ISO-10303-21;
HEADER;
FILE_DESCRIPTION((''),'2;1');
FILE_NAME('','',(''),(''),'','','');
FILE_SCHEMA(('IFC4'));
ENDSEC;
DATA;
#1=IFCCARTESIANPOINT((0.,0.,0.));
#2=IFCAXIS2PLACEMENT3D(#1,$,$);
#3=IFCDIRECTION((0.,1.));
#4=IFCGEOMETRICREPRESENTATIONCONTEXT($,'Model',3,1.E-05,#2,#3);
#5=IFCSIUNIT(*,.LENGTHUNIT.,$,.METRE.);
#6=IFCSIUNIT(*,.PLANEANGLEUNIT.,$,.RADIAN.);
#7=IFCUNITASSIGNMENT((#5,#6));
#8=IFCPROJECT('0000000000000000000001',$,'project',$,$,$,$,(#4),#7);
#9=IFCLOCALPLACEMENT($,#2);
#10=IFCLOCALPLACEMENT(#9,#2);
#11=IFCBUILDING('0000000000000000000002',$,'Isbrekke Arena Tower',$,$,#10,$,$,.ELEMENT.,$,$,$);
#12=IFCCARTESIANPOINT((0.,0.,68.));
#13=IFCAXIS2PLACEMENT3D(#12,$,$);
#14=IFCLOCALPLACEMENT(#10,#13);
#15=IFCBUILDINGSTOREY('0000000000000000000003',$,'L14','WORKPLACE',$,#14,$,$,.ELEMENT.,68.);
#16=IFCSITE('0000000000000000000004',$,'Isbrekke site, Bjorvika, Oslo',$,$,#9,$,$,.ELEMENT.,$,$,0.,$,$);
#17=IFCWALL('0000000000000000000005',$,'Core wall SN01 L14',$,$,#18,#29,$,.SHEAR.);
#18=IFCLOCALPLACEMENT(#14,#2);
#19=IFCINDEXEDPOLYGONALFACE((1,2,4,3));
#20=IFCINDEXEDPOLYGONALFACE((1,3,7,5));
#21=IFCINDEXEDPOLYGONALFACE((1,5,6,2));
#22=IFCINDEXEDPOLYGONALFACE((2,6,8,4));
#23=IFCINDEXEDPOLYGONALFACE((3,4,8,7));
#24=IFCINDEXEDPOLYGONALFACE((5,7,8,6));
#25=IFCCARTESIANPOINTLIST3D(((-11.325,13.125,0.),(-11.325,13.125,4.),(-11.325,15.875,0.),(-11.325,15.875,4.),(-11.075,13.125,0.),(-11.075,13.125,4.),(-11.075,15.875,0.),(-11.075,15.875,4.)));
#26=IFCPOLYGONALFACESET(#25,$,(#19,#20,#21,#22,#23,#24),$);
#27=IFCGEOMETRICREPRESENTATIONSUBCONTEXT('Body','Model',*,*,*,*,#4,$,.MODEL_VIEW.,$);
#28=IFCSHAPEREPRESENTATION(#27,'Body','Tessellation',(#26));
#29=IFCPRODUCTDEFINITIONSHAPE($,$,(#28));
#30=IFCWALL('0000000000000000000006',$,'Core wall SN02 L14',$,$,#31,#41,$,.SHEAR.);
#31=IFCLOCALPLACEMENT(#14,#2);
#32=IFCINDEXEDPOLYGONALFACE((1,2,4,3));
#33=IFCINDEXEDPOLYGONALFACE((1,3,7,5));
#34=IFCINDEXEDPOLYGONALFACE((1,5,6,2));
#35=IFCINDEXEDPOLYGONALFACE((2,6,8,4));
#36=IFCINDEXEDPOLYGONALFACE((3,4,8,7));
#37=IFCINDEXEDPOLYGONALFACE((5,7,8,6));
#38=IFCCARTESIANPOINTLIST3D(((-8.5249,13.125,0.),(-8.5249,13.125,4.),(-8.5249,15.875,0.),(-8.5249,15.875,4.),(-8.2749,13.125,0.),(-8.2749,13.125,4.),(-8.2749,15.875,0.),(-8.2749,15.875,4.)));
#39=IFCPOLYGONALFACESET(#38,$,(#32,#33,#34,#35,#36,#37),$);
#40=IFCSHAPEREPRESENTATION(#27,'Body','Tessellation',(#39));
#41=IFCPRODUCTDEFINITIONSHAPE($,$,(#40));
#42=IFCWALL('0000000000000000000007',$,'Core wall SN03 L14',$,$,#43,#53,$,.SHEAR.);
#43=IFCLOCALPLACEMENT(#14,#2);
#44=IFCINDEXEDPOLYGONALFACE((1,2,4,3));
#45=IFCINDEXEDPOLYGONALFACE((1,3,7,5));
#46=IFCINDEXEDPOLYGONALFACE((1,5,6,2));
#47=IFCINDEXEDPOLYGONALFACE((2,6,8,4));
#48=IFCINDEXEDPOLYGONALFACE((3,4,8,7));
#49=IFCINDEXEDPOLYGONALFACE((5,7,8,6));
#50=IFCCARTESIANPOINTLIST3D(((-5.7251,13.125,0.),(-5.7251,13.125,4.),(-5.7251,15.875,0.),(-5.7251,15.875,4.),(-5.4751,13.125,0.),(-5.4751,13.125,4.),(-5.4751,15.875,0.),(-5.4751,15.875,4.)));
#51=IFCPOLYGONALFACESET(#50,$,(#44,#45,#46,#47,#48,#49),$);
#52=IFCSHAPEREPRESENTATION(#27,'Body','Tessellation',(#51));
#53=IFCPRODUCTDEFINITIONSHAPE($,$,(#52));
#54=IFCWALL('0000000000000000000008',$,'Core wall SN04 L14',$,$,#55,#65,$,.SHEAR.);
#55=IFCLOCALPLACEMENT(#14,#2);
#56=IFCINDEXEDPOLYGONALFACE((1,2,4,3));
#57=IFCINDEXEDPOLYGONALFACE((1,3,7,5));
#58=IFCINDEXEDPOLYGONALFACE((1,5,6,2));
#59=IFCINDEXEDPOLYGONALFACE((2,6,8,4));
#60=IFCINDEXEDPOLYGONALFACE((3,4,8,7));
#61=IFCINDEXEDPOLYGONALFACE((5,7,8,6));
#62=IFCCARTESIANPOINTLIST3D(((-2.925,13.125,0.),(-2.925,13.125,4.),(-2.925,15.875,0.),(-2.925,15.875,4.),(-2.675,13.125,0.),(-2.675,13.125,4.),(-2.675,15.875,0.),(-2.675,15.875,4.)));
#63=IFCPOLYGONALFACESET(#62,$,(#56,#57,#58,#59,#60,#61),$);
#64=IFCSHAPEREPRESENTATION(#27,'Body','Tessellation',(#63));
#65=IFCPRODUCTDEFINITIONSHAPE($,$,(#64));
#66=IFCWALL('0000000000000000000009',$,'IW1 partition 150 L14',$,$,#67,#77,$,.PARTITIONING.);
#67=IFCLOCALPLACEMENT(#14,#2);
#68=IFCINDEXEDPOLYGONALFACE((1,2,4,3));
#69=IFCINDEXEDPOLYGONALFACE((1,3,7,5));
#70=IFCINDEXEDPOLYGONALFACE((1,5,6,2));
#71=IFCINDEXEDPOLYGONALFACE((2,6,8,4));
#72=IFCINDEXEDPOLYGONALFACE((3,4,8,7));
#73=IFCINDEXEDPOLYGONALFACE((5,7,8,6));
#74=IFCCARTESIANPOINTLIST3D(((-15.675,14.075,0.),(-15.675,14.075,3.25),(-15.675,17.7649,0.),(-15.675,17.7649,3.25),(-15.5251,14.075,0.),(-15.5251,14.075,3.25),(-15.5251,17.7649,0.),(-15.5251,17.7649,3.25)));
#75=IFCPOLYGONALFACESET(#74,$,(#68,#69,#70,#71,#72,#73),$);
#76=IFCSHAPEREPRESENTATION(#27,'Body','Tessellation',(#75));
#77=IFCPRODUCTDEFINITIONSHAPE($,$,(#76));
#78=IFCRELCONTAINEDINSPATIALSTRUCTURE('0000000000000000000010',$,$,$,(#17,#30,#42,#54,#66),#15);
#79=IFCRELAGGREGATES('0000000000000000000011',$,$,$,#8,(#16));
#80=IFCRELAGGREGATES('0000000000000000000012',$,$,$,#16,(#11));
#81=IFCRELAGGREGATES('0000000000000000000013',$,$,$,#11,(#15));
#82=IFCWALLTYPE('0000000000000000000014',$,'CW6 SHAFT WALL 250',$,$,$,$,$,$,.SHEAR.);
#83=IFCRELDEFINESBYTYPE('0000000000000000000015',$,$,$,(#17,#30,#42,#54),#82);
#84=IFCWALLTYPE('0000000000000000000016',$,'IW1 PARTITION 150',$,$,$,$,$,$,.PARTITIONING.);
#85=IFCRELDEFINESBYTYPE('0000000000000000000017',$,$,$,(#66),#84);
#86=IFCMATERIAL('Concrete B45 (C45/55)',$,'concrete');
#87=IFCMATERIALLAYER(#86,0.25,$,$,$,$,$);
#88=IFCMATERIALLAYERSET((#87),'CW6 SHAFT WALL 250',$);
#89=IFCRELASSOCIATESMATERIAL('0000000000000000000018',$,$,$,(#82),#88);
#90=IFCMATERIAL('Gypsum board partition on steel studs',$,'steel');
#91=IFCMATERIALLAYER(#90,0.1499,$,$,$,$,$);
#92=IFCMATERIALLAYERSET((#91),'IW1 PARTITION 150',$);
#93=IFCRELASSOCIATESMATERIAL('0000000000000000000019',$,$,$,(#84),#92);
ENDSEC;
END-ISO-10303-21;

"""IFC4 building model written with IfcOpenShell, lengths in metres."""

from ifc_helpers import new_model, si_unit, direction, frame, frame_2d, origin, place, context, subcontext, project, spatial, rectangle, extrude, material, layer, layer_set, type_object, element, save


model = new_model("IFC4")

# Units and contexts
model_context = context("Model", 3, precision=1e-05, world=origin(), true_north=direction((0.0, 1.0)))
body_context = subcontext(model_context, "Body", "Model", "MODEL_VIEW")
ifc_project = project(units=[si_unit("LENGTHUNIT", "METRE"), si_unit("PLANEANGLEUNIT", "RADIAN")], contexts=[model_context])

# Site, building, storey
site_placement = place(None, origin())
site = spatial("IfcSite", under=ifc_project, at=site_placement, Name="Isbrekke site, Bjorvika, Oslo", CompositionType="ELEMENT", RefElevation=0.0)
building_placement = place(site_placement, origin())
building = spatial("IfcBuilding", under=site, at=building_placement, Name="Isbrekke Arena Tower", CompositionType="ELEMENT")
storey_placement = place(building_placement, frame((0.0, 0.0, 68.0)))
storey = spatial("IfcBuildingStorey", under=building, at=storey_placement, Name="L14", Description="WORKPLACE", CompositionType="ELEMENT", Elevation=68.0)

# Shared definitions
ifc_material_1 = material(Name="Concrete B45 (C45/55)", Category="concrete")
ifc_layer_1 = layer(ifc_material_1, 0.25)
ifc_layer_set_1 = layer_set([ifc_layer_1], Name="CW6 SHAFT WALL 250")
wall_type_1 = type_object("IfcWallType", Name="CW6 SHAFT WALL 250", PredefinedType="SHEAR", material=ifc_layer_set_1)

# Walls
for number, where, z_axis, x_axis, name in (
    (1, (-11.2, 13.125, 0.0), (0.0, 0.0, 1.0), (0.0, 1.0, 0.0), "Core wall SN01 L14"),
    (2, (-8.3999, 13.125, 0.0), (0.0, 0.0, 1.0), (0.0, 1.0, 0.0), "Core wall SN02 L14"),
    (3, (-5.6001, 13.125, 0.0), (0.0, 0.0, 1.0), (0.0, 1.0, 0.0), "Core wall SN03 L14"),
    (4, (-2.8, 13.125, 0.0), (0.0, 0.0, 1.0), (0.0, 1.0, 0.0), "Core wall SN04 L14"),
):
    element("IfcWall", number, at=place(storey_placement, frame(where, z_axis=z_axis, x_axis=x_axis)), inside=storey, type_object=wall_type_1, Name=name, PredefinedType="SHEAR", context=body_context, shape_type="SweptSolid", body=[
        extrude(rectangle(XDim=2.75, YDim=0.25, at=frame_2d((1.375, 0.0))), origin(), (0.0, 0.0, 1.0), 4.0),
    ])
ifc_material_2 = material(Name="Gypsum board partition on steel studs", Category="steel")
ifc_layer_2 = layer(ifc_material_2, 0.1499)
ifc_layer_set_2 = layer_set([ifc_layer_2], Name="IW1 PARTITION 150")
wall_type_2 = type_object("IfcWallType", Name="IW1 PARTITION 150", PredefinedType="PARTITIONING", material=ifc_layer_set_2)
wall_1_placement = place(storey_placement, frame((-15.6001, 14.075, 0.0), z_axis=(0.0, 0.0, 1.0), x_axis=(0.0, 1.0, 0.0)))
element("IfcWall", 5, at=wall_1_placement, inside=storey, type_object=wall_type_2, Name="IW1 partition 150 L14", PredefinedType="PARTITIONING", context=body_context, shape_type="SweptSolid", body=[
    extrude(rectangle(XDim=3.6899, YDim=0.1499, at=frame_2d((1.845, 0.0))), origin(), (0.0, 0.0, 1.0), 3.25),
])

save(model, "model.ifc")
